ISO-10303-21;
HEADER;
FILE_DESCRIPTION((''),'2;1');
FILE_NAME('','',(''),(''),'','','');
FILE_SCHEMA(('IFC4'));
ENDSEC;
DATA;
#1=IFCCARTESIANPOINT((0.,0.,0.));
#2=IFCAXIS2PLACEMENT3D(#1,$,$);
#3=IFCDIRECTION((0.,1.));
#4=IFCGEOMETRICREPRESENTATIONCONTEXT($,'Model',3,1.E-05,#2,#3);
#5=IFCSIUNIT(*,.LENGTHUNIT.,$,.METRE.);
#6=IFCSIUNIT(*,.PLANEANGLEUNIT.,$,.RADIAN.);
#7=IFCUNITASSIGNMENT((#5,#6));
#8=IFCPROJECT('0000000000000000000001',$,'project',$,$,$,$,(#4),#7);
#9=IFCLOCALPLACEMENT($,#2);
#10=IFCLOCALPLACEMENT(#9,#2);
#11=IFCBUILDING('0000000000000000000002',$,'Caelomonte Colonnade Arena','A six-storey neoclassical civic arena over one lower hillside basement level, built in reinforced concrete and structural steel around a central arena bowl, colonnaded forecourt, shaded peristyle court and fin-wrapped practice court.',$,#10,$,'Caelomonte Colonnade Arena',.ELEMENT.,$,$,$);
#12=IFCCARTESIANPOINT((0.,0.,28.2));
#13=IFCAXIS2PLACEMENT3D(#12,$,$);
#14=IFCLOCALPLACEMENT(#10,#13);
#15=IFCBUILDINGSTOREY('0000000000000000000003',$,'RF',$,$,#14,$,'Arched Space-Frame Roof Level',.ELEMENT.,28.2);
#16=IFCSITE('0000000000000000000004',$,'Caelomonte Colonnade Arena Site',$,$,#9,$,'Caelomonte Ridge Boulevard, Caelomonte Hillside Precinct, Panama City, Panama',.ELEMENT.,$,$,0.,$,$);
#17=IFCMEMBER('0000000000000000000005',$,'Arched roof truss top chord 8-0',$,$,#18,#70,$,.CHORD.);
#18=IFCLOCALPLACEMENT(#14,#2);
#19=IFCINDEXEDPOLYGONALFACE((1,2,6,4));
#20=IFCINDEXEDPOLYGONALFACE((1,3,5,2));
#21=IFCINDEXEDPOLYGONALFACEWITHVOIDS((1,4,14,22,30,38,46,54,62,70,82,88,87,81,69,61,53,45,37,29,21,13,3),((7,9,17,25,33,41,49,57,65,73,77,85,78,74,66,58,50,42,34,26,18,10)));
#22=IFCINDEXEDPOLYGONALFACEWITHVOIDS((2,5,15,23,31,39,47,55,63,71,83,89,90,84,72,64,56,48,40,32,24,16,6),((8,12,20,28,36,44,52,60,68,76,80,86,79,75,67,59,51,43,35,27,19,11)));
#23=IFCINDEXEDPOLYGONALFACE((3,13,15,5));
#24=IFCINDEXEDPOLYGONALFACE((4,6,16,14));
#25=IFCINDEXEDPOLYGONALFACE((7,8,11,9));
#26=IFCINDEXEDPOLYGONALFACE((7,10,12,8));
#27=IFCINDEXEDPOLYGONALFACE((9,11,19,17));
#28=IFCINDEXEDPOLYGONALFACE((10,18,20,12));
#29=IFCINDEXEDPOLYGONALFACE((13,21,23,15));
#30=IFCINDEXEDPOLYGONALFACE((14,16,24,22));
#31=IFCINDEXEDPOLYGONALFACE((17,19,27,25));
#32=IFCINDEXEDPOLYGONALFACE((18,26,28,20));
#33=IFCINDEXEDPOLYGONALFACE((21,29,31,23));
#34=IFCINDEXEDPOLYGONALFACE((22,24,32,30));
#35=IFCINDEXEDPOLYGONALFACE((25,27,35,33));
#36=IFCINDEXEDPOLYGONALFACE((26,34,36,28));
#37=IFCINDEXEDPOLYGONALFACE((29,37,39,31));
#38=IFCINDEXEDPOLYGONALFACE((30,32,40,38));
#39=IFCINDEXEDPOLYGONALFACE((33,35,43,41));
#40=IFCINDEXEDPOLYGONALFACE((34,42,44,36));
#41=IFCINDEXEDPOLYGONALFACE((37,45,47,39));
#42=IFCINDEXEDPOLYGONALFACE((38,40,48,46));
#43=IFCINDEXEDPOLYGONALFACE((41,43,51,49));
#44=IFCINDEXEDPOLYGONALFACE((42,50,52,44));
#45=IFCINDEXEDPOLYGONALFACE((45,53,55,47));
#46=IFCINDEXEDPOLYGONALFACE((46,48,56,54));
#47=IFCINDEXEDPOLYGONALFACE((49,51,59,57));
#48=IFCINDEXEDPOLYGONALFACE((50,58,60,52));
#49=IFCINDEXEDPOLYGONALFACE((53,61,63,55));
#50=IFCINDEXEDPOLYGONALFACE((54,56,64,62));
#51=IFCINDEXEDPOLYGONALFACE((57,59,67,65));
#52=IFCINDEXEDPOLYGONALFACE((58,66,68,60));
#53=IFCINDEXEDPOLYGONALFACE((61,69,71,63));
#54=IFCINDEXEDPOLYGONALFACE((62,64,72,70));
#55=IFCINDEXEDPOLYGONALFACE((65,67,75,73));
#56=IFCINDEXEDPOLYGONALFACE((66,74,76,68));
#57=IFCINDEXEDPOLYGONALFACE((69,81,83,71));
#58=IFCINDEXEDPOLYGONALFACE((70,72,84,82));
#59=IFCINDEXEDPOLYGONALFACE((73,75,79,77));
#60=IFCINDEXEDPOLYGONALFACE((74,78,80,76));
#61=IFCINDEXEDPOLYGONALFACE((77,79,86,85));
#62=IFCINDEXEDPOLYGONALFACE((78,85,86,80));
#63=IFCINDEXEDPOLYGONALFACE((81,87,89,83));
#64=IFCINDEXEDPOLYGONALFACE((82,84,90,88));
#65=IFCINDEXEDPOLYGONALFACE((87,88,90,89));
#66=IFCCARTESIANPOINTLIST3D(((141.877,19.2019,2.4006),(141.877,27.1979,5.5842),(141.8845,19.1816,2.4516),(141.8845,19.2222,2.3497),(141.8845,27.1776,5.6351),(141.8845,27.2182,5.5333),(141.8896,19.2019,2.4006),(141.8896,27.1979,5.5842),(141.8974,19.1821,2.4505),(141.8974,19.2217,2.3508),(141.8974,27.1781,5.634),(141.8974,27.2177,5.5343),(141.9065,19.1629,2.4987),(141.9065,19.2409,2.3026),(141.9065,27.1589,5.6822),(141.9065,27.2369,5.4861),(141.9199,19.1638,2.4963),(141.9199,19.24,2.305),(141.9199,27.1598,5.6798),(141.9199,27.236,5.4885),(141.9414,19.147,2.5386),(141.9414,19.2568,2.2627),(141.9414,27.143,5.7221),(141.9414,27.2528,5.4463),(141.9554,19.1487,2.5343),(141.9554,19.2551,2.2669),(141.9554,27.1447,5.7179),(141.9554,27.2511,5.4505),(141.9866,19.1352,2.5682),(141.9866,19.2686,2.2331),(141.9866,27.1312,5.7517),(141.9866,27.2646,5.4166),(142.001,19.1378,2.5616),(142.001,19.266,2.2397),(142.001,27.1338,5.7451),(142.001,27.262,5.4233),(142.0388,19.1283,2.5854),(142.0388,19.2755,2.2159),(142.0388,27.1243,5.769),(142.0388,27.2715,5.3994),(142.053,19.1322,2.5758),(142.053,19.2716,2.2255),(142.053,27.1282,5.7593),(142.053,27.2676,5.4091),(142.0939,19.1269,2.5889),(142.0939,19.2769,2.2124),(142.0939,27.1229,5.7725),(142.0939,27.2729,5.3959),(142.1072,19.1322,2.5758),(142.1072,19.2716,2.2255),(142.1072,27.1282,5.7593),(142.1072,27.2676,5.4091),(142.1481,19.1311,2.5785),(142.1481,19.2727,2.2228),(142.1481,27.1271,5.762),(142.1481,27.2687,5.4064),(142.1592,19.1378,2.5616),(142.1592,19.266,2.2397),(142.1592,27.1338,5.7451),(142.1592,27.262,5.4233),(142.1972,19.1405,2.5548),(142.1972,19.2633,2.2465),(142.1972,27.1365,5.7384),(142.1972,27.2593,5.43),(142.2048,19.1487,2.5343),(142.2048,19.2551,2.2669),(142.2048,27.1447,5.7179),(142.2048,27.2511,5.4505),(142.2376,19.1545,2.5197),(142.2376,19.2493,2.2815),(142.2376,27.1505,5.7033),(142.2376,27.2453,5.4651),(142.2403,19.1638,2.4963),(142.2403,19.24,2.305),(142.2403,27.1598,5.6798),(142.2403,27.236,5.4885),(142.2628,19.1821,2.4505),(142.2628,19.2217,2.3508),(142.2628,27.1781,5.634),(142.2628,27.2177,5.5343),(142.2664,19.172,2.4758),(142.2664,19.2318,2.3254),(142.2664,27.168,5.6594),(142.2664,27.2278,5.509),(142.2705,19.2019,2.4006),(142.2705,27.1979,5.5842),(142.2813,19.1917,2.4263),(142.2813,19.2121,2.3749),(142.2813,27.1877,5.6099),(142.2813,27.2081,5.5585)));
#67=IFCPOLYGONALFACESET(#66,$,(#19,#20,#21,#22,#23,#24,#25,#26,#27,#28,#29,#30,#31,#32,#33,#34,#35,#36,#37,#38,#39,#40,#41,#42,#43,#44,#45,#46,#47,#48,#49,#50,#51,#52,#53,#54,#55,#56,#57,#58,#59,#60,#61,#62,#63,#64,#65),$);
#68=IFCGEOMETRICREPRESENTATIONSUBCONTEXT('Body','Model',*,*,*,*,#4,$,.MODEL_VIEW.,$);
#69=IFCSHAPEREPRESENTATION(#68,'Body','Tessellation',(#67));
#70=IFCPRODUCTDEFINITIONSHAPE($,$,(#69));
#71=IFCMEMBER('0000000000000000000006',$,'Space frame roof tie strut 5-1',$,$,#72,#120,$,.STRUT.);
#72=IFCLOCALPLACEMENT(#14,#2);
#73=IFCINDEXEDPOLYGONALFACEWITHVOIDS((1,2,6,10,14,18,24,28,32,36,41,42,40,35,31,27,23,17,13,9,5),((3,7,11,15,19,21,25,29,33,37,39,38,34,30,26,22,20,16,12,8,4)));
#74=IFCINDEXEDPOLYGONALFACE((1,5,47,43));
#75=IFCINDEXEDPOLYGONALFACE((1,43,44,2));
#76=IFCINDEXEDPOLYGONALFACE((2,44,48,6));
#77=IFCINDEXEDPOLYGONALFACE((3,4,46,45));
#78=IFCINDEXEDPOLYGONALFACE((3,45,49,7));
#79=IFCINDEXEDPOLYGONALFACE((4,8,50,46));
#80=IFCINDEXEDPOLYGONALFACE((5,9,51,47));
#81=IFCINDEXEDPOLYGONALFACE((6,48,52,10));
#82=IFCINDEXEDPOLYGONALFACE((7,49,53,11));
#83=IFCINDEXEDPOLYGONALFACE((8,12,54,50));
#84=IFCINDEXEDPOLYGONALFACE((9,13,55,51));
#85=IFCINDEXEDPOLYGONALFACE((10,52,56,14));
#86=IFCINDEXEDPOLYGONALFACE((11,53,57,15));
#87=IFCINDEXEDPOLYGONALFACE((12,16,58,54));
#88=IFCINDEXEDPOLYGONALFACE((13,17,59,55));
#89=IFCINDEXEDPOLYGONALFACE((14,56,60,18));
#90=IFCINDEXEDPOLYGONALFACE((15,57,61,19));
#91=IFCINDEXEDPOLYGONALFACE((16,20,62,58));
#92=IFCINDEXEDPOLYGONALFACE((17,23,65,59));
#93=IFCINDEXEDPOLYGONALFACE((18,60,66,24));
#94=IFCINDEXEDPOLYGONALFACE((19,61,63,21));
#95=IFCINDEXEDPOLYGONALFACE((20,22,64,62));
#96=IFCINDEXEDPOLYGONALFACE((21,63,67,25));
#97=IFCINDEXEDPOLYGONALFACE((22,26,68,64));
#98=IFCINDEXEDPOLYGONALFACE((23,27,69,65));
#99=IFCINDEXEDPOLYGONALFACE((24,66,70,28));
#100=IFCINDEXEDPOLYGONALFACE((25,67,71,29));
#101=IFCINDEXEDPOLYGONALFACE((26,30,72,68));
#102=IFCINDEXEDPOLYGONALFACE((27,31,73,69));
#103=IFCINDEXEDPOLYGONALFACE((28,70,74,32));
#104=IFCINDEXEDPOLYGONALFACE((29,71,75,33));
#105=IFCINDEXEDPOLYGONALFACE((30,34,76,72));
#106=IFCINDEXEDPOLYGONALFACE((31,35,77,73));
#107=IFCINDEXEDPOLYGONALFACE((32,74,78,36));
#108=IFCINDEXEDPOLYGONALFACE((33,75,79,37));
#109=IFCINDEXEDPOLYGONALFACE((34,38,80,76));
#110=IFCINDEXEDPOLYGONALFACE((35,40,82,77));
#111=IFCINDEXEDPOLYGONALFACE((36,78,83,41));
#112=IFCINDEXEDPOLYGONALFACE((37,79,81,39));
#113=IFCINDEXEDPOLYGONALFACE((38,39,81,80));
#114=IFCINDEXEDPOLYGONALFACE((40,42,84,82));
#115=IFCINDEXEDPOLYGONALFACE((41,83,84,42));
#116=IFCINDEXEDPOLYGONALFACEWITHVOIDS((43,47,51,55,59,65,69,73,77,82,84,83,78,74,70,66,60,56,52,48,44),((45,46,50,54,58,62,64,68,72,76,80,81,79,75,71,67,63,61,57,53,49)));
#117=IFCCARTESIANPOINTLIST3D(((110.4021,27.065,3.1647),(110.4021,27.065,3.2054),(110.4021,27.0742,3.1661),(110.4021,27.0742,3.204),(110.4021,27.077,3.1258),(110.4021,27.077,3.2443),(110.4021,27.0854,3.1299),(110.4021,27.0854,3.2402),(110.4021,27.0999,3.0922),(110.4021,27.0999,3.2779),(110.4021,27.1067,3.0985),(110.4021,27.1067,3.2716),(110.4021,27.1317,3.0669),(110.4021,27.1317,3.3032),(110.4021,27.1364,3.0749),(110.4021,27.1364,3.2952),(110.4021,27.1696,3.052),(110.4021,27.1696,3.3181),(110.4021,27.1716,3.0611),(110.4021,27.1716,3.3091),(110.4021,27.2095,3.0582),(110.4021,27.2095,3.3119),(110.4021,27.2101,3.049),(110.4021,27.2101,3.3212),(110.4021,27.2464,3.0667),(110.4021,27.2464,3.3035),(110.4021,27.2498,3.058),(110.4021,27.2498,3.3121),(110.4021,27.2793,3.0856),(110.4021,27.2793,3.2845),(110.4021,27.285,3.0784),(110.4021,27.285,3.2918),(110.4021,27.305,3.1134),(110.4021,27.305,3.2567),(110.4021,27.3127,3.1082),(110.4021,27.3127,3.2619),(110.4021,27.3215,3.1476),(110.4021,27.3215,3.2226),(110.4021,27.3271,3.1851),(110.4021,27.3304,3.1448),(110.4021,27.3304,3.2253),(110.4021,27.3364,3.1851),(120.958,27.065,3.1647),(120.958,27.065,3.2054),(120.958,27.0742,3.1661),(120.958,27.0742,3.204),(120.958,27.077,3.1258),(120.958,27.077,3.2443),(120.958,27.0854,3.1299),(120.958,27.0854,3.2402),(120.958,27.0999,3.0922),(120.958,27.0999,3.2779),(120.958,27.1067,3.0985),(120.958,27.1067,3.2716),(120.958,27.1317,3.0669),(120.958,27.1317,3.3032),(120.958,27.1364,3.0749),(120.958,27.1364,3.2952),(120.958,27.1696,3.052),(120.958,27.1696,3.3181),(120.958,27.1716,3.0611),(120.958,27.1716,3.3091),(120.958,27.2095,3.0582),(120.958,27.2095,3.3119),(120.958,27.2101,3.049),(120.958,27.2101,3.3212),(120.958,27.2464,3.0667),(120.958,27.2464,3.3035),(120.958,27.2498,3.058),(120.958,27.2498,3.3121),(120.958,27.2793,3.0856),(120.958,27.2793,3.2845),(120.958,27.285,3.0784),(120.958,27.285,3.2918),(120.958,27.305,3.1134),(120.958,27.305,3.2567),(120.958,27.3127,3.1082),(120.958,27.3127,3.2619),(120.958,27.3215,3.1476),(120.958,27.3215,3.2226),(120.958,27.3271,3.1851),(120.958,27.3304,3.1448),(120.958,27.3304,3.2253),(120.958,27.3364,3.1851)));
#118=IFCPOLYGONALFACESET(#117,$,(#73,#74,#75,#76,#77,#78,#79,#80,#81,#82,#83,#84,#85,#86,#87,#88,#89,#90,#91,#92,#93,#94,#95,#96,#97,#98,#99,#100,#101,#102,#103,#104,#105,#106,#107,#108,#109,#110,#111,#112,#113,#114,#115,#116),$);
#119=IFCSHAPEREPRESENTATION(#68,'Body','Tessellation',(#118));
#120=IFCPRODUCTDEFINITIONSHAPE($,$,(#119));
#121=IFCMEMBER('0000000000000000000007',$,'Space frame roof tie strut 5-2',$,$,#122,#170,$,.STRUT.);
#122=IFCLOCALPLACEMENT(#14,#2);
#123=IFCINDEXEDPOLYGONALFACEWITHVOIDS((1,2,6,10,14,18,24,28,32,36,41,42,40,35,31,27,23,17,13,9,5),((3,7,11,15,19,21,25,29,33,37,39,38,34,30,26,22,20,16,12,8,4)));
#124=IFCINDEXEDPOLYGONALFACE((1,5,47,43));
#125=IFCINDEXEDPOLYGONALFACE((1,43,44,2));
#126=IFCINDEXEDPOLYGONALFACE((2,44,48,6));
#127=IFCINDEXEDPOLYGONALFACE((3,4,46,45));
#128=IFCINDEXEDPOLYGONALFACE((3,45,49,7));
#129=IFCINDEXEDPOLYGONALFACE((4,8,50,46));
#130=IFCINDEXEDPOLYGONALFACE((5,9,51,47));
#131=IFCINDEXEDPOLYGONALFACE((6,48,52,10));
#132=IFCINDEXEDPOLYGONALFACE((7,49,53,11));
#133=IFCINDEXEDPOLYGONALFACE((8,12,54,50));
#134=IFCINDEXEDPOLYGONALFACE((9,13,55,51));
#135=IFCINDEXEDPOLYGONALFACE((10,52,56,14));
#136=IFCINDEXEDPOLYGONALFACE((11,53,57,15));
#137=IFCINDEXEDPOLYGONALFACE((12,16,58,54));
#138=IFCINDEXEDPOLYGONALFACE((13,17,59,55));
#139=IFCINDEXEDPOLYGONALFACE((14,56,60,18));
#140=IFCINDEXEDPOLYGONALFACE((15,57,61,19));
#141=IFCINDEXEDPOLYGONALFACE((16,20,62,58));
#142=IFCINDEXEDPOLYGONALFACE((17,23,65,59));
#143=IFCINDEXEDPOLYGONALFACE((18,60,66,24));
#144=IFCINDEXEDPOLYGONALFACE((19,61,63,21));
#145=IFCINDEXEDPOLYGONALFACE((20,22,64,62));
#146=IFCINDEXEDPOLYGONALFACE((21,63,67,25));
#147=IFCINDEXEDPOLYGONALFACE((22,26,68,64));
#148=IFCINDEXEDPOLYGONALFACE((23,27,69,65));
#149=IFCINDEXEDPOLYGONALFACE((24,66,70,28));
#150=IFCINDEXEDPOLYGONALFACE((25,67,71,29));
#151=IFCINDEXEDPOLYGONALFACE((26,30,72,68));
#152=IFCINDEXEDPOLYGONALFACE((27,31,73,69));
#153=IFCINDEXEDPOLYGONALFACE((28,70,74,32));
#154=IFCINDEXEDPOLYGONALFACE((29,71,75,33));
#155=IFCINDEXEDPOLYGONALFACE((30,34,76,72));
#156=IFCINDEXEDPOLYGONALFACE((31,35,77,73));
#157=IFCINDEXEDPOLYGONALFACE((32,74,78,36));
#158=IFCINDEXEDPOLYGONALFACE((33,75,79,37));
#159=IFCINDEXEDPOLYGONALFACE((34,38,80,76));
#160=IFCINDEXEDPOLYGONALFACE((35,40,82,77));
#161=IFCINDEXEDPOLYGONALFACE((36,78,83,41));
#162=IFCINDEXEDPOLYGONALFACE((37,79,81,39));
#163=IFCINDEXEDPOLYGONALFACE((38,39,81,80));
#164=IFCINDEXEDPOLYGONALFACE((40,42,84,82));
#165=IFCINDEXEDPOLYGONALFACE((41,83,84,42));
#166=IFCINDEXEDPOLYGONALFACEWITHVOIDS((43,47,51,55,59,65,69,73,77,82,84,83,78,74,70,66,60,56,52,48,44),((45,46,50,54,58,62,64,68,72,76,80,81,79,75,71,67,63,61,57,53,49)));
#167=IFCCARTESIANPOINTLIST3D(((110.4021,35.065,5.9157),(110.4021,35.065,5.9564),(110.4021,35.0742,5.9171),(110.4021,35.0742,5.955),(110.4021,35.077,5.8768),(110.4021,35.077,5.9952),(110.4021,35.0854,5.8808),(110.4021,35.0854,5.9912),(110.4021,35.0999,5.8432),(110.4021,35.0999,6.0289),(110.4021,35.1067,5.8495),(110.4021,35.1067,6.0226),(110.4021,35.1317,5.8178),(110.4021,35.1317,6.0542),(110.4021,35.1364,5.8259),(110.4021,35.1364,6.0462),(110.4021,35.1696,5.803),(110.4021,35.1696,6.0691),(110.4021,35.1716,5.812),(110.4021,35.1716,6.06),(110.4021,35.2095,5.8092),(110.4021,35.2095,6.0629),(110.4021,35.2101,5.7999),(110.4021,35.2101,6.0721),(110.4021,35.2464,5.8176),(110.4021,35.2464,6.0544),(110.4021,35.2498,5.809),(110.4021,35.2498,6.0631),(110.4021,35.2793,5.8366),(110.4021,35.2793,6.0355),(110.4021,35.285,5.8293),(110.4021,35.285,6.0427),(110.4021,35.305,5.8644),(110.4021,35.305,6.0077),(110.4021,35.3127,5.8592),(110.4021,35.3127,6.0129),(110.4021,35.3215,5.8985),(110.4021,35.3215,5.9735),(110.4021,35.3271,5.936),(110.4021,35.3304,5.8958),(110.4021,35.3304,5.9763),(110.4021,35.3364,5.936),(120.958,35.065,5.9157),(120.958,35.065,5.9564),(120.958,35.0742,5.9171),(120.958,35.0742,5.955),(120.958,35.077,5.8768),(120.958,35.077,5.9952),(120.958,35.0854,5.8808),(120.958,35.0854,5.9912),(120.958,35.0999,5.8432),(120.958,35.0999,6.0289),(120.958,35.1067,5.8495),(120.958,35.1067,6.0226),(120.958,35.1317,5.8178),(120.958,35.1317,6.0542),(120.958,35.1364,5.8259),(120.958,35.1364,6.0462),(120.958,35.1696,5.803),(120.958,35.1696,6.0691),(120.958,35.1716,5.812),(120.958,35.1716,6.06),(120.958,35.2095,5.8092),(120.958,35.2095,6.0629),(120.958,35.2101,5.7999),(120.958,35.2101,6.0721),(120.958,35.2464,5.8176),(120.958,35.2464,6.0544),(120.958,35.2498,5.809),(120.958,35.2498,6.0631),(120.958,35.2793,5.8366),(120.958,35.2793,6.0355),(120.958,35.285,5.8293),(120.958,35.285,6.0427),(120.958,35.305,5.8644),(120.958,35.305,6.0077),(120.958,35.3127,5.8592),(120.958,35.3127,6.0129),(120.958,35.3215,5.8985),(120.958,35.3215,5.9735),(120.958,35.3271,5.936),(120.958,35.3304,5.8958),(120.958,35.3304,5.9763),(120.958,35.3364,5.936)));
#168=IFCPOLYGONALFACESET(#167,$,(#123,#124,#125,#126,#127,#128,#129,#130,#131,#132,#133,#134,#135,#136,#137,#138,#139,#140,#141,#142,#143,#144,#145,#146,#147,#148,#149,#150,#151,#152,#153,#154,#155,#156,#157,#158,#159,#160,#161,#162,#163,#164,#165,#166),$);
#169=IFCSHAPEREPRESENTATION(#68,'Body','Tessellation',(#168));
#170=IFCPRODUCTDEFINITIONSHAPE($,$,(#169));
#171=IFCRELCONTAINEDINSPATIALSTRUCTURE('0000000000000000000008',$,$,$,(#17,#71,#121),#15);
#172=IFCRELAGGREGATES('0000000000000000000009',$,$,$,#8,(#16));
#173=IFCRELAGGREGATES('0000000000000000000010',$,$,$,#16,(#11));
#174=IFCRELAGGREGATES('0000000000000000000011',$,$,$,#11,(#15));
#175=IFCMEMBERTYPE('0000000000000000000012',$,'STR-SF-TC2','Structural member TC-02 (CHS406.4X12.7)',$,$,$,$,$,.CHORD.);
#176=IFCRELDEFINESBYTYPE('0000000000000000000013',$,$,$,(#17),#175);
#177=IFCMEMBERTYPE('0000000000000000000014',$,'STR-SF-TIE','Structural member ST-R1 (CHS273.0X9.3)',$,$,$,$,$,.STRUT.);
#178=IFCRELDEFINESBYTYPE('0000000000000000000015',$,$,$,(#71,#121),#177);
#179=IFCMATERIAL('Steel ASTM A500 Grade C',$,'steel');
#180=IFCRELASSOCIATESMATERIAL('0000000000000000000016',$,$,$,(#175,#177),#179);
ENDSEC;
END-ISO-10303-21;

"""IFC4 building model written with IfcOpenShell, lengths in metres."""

from ifc_helpers import new_model, si_unit, direction, frame, origin, origin_2d, place, context, subcontext, project, spatial, hollow_circle, extrude, material, material_profile, profile_set, type_object, element, save


model = new_model("IFC4")

# Units and contexts
model_context = context("Model", 3, precision=1e-05, world=origin(), true_north=direction((0.0, 1.0)))
body_context = subcontext(model_context, "Body", "Model", "MODEL_VIEW")
ifc_project = project(units=[si_unit("LENGTHUNIT", "METRE"), si_unit("PLANEANGLEUNIT", "RADIAN")], contexts=[model_context])

# Site, building, storey
site_placement = place(None, origin())
site = spatial("IfcSite", under=ifc_project, at=site_placement, Name="Caelomonte Colonnade Arena Site", LongName="Caelomonte Ridge Boulevard, Caelomonte Hillside Precinct, Panama City, Panama", CompositionType="ELEMENT", RefElevation=0.0)
building_placement = place(site_placement, origin())
building = spatial("IfcBuilding", under=site, at=building_placement, Name="Caelomonte Colonnade Arena", Description="A six-storey neoclassical civic arena over one lower hillside basement level, built in reinforced concrete and structural steel around a central arena bowl, colonnaded forecourt, shaded peristyle court and fin-wrapped practice court.", LongName="Caelomonte Colonnade Arena", CompositionType="ELEMENT")
storey_placement = place(building_placement, frame((0.0, 0.0, 28.2)))
storey = spatial("IfcBuildingStorey", under=building, at=storey_placement, Name="RF", LongName="Arched Space-Frame Roof Level", CompositionType="ELEMENT", Elevation=28.2)

# Members
ifc_material_1 = material(Name="Steel ASTM A500 Grade C", Category="steel")
ifc_material_profile_1 = material_profile(ifc_material_1, hollow_circle(Radius=0.2031, WallThickness=0.0127, at=origin_2d()), Name="CHS406.4X12.7")
ifc_profile_set_1 = profile_set([ifc_material_profile_1], Name="Steel ASTM A500 Grade C")
member_type_1 = type_object("IfcMemberType", Name="STR-SF-TC2", Description="Structural member TC-02 (CHS406.4X12.7)", PredefinedType="CHORD", material=ifc_profile_set_1)
member_1_placement = place(storey_placement, frame((142.0801, 19.2019, 2.4006), z_axis=(0.0, 0.92907, 0.369903), x_axis=(-1.0, 0.0, 0.0)))
element("IfcMember", 1, at=member_1_placement, inside=storey, type_object=member_type_1, Name="Arched roof truss top chord 8-0", PredefinedType="CHORD", context=body_context, shape_type="SweptSolid", body=[
    extrude(hollow_circle(Radius=0.2031, WallThickness=0.0127, at=origin_2d()), origin(), (0.0, 0.0, 1.0), 8.6064),
])
ifc_material_profile_2 = material_profile(ifc_material_1, hollow_circle(Radius=0.1365, WallThickness=0.0093, at=origin_2d()), Name="CHS273.0X9.3")
ifc_profile_set_2 = profile_set([ifc_material_profile_2], Name="Steel ASTM A500 Grade C")
member_type_2 = type_object("IfcMemberType", Name="STR-SF-TIE", Description="Structural member ST-R1 (CHS273.0X9.3)", PredefinedType="STRUT", material=ifc_profile_set_2)
for number, where, z_axis, x_axis, name in (
    (2, (110.4021, 27.2, 3.1851), (1.0, 0.0, 0.0), (0.0, 1.0, 0.0), "Space frame roof tie strut 5-1"),
    (3, (110.4021, 35.2, 5.936), (1.0, 0.0, 0.0), (0.0, 1.0, 0.0), "Space frame roof tie strut 5-2"),
):
    element("IfcMember", number, at=place(storey_placement, frame(where, z_axis=z_axis, x_axis=x_axis)), inside=storey, type_object=member_type_2, Name=name, PredefinedType="STRUT", context=body_context, shape_type="SweptSolid", body=[
        extrude(hollow_circle(Radius=0.1365, WallThickness=0.0093, at=origin_2d()), origin(), (0.0, 0.0, 1.0), 10.5559),
    ])

save(model, "model.ifc")
